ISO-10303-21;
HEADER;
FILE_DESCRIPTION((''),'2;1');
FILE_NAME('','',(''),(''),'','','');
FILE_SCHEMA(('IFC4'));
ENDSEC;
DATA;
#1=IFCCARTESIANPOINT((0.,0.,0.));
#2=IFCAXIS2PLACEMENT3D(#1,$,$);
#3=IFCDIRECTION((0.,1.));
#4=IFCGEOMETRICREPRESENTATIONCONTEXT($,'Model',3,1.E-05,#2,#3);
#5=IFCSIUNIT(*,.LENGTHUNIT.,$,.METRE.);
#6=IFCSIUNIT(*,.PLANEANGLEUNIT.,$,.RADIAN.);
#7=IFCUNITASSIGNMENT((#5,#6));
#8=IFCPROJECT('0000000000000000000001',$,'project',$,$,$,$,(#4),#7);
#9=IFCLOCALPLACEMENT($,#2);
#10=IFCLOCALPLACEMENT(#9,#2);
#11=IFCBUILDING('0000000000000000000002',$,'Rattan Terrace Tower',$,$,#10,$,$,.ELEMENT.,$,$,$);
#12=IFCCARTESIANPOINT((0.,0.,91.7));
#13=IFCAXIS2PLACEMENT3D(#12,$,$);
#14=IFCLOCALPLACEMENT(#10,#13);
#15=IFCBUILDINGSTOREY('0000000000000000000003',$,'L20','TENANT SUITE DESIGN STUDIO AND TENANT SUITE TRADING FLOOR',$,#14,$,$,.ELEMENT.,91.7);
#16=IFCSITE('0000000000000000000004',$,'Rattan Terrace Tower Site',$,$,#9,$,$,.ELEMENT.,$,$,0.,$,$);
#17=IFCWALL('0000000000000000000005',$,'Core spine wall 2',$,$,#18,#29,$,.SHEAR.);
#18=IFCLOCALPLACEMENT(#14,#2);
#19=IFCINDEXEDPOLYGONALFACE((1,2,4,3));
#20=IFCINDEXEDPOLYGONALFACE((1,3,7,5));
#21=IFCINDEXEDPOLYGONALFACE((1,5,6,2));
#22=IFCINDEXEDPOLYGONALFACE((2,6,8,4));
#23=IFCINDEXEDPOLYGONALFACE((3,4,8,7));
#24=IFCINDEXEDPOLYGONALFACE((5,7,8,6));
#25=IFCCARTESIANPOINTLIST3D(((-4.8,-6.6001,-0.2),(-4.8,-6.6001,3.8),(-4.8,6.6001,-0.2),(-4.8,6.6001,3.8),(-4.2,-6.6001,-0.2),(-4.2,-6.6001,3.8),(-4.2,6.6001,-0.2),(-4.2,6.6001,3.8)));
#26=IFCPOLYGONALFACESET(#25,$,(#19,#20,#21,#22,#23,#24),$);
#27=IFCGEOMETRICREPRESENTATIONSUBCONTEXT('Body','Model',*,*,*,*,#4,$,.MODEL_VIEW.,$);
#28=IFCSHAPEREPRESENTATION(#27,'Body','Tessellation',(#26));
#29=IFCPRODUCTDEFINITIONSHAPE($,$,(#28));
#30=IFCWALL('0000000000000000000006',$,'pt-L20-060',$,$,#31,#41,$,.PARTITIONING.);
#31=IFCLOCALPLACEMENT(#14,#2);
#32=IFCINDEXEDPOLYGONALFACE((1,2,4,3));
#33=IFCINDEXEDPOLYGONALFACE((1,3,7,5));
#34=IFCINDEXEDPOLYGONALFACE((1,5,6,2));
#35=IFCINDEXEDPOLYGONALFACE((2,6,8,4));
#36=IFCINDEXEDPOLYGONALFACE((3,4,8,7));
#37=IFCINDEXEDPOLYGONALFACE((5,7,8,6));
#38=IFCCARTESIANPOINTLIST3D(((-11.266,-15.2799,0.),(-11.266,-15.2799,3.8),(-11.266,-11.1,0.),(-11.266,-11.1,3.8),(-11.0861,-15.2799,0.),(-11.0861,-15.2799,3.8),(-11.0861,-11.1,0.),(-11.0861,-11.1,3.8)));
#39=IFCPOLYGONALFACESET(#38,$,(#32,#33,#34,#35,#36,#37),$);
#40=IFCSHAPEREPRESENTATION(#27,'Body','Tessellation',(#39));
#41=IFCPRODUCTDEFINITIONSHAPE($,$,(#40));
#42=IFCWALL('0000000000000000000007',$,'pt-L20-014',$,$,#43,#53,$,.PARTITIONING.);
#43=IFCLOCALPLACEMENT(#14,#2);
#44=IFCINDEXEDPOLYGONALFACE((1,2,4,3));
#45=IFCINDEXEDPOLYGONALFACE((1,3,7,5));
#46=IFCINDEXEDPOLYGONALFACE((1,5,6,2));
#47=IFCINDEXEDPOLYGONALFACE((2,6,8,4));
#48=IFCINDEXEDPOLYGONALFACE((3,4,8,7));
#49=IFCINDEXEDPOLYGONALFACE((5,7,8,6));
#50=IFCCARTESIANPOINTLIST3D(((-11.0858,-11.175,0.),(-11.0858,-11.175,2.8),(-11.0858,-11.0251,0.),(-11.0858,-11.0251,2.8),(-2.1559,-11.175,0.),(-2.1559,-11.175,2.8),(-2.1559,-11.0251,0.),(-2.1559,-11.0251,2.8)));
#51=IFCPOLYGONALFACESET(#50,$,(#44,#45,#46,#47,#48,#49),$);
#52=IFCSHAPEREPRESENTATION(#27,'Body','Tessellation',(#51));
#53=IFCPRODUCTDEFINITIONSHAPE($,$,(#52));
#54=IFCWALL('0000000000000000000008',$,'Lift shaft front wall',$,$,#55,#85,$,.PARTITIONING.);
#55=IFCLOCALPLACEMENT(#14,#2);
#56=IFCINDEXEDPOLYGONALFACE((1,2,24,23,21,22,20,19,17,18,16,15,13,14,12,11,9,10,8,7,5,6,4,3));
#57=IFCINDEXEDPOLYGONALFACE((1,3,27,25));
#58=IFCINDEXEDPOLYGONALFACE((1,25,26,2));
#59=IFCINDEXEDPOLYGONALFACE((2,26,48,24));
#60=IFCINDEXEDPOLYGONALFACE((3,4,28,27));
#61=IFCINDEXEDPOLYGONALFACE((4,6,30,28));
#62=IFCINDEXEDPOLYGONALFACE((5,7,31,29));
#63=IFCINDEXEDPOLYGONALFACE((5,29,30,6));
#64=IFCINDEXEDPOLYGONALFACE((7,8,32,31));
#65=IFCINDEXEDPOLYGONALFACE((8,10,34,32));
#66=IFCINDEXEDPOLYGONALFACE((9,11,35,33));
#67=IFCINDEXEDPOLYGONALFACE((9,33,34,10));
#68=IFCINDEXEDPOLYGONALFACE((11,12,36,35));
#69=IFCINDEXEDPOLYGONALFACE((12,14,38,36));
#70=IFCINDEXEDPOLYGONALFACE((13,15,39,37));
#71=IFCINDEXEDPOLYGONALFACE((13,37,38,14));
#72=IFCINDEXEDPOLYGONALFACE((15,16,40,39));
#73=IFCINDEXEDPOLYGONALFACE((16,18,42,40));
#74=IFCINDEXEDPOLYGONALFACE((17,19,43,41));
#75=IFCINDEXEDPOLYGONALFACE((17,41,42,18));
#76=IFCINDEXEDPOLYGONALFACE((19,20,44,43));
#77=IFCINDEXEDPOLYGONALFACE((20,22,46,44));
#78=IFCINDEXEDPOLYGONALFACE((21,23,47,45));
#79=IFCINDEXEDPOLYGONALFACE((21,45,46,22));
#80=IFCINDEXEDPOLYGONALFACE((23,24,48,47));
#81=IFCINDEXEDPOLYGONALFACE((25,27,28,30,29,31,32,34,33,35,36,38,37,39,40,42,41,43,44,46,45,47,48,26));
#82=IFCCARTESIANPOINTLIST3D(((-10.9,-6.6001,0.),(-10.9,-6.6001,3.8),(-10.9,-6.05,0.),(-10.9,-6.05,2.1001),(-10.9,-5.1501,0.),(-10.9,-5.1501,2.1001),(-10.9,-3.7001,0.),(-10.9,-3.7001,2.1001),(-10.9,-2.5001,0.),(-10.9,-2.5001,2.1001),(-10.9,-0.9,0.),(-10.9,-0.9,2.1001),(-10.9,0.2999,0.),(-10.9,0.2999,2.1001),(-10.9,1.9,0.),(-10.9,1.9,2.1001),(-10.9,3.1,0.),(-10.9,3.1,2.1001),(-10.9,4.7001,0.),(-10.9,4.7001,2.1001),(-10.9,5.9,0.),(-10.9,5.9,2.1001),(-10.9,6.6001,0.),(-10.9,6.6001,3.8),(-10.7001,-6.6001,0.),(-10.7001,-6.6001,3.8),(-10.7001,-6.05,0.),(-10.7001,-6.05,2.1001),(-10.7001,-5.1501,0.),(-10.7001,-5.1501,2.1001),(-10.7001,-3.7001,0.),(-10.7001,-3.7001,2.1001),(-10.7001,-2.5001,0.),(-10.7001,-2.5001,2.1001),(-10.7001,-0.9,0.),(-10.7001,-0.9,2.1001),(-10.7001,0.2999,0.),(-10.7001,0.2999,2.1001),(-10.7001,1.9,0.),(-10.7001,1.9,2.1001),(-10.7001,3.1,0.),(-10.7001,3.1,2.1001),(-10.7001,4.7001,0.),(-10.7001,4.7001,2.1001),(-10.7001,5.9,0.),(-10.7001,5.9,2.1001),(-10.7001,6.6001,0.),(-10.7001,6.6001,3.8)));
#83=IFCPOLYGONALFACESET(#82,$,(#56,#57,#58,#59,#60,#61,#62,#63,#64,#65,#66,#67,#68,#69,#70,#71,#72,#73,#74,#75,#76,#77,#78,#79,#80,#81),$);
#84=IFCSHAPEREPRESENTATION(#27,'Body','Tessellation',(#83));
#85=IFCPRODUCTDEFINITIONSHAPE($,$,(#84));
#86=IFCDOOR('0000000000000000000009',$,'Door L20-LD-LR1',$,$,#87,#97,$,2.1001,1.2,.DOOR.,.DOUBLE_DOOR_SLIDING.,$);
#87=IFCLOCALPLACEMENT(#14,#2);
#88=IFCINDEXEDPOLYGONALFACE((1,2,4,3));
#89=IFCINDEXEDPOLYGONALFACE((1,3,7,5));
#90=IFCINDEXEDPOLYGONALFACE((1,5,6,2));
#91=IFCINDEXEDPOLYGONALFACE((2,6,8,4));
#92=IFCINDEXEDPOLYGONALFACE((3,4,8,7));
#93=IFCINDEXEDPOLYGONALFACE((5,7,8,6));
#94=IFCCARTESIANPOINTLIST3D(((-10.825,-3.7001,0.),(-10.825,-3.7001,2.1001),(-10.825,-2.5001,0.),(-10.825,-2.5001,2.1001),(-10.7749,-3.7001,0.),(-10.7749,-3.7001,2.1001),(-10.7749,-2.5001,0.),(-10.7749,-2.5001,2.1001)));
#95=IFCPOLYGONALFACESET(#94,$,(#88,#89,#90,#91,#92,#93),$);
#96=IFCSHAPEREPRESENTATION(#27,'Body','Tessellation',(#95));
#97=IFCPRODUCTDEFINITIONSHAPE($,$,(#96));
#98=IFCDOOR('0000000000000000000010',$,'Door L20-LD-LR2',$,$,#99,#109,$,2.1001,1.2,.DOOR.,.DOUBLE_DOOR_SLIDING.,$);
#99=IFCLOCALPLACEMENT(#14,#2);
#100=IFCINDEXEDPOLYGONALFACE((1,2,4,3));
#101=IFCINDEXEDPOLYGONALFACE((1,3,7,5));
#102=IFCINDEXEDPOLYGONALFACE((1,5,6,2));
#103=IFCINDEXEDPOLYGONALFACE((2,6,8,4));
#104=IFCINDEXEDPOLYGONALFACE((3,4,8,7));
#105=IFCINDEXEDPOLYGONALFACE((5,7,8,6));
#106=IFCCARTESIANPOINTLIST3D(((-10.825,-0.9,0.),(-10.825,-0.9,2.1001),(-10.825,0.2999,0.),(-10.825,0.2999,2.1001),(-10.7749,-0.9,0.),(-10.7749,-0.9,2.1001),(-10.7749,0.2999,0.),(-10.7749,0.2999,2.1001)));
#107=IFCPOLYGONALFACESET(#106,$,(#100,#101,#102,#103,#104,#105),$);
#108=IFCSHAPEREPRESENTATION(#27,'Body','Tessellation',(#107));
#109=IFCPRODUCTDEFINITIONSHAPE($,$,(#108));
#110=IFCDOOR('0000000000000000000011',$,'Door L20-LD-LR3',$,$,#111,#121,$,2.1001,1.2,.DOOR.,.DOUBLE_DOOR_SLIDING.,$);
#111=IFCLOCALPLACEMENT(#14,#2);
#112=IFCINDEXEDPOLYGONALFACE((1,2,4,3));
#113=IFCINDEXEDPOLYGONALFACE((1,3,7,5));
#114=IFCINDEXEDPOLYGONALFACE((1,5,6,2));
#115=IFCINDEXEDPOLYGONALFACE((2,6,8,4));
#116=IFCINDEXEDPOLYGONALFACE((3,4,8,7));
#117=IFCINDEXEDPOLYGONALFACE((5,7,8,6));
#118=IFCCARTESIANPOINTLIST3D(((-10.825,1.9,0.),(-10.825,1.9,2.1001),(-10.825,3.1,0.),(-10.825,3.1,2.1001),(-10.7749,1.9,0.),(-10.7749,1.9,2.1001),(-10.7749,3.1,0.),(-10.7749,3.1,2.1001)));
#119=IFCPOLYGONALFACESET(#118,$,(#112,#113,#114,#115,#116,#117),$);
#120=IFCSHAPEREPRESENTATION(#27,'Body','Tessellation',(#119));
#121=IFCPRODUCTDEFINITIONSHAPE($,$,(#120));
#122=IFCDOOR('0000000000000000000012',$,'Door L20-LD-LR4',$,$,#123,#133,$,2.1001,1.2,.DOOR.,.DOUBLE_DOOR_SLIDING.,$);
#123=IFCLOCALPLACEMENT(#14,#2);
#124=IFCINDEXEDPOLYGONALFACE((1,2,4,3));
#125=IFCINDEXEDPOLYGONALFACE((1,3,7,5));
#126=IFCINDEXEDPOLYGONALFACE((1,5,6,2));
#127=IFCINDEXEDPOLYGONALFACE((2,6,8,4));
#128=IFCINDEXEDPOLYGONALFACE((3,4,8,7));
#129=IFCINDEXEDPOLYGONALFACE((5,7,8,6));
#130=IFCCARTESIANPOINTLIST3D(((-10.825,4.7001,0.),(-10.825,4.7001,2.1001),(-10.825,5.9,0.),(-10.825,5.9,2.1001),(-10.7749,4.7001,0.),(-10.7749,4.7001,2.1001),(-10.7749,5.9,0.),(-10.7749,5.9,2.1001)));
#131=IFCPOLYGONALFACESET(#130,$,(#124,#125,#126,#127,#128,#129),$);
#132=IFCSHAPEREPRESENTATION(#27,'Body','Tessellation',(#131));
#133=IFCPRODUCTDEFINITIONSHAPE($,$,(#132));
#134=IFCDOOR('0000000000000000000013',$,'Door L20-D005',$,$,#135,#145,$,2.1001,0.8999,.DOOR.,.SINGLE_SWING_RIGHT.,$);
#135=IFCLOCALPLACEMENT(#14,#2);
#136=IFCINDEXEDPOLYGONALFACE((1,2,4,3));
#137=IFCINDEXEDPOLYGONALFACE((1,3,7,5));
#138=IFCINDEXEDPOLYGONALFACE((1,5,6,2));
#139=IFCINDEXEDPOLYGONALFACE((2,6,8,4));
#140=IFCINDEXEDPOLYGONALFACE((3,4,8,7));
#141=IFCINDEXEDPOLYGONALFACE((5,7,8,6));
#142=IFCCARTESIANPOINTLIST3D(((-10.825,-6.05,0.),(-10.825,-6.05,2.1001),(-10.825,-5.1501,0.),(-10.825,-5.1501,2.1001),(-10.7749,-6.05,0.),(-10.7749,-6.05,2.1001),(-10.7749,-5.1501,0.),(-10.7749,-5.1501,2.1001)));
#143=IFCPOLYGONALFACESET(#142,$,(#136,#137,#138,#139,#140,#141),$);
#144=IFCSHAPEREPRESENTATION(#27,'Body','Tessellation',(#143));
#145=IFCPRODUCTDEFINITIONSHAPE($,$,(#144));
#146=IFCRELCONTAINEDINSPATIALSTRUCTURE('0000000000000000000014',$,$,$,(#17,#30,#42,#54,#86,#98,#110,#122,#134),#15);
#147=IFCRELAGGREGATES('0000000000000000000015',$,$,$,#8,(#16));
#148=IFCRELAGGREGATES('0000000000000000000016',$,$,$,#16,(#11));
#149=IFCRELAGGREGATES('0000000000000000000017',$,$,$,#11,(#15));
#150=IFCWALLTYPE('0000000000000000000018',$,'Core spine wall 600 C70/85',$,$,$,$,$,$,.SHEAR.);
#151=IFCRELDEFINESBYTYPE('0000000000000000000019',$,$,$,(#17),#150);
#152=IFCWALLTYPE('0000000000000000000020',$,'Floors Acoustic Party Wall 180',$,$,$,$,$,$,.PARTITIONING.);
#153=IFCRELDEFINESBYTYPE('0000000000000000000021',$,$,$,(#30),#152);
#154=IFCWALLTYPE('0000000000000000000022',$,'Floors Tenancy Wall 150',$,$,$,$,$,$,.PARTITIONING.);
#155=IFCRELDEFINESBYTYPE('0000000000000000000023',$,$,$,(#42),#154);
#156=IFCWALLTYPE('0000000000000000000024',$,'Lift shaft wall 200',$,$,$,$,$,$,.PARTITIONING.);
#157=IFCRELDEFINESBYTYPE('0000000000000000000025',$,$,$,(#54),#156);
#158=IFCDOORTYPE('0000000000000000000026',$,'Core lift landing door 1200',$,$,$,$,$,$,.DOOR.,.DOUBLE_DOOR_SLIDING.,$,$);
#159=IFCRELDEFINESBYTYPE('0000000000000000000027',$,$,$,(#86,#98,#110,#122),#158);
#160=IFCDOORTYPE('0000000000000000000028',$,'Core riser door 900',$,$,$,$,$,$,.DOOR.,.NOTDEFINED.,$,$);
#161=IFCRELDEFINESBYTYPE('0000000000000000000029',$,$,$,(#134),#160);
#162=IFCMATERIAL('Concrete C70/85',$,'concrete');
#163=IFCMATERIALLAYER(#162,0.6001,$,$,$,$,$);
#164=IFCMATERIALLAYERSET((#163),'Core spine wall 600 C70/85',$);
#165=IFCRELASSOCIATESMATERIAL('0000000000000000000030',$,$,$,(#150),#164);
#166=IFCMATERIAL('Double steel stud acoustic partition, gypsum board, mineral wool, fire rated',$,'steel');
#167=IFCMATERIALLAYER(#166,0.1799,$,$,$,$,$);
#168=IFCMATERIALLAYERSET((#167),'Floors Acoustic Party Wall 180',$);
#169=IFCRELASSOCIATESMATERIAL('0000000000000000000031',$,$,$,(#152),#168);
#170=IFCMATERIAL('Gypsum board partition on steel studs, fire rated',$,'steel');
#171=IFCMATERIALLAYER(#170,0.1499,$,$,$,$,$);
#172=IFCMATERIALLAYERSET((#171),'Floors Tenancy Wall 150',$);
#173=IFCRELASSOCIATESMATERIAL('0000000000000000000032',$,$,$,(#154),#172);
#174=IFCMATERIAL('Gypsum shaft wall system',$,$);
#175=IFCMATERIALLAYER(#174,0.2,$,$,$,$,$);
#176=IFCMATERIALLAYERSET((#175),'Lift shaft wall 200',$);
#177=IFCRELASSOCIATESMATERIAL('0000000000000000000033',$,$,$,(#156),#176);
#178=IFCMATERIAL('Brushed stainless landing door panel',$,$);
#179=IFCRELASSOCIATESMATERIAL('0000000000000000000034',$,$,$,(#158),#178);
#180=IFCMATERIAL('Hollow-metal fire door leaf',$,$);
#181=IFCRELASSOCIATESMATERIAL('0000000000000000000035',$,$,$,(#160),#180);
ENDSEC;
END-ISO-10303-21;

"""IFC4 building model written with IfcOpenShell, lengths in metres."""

from ifc_helpers import new_model, si_unit, direction, frame, frame_2d, origin, place, context, subcontext, project, spatial, rectangle, extrude, material, layer, layer_set, type_object, element, fill, save


model = new_model("IFC4")

# Units and contexts
model_context = context("Model", 3, precision=1e-05, world=origin(), true_north=direction((0.0, 1.0)))
body_context = subcontext(model_context, "Body", "Model", "MODEL_VIEW")
ifc_project = project(units=[si_unit("LENGTHUNIT", "METRE"), si_unit("PLANEANGLEUNIT", "RADIAN")], contexts=[model_context])

# Site, building, storey
site_placement = place(None, origin())
site = spatial("IfcSite", under=ifc_project, at=site_placement, Name="Rattan Terrace Tower Site", CompositionType="ELEMENT", RefElevation=0.0)
building_placement = place(site_placement, origin())
building = spatial("IfcBuilding", under=site, at=building_placement, Name="Rattan Terrace Tower", CompositionType="ELEMENT")
storey_placement = place(building_placement, frame((0.0, 0.0, 91.7)))
storey = spatial("IfcBuildingStorey", under=building, at=storey_placement, Name="L20", Description="TENANT SUITE DESIGN STUDIO AND TENANT SUITE TRADING FLOOR", CompositionType="ELEMENT", Elevation=91.7)

# Walls
ifc_material_1 = material(Name="Concrete C70/85", Category="concrete")
ifc_layer_1 = layer(ifc_material_1, 0.6001)
ifc_layer_set_1 = layer_set([ifc_layer_1], Name="Core spine wall 600 C70/85")
wall_type_1 = type_object("IfcWallType", Name="Core spine wall 600 C70/85", PredefinedType="SHEAR", material=ifc_layer_set_1)
wall_1_placement = place(storey_placement, frame((-4.5, -6.6001, -0.2), z_axis=(0.0, 0.0, 1.0), x_axis=(0.0, 1.0, 0.0)))
element("IfcWall", 1, at=wall_1_placement, inside=storey, type_object=wall_type_1, Name="Core spine wall 2", PredefinedType="SHEAR", context=body_context, shape_type="SweptSolid", body=[
    extrude(rectangle(XDim=13.2002, YDim=0.6001, at=frame_2d((6.6001, 0.0))), origin(), (0.0, 0.0, 1.0), 4.0),
])
ifc_material_2 = material(Name="Double steel stud acoustic partition, gypsum board, mineral wool, fire rated", Category="steel")
ifc_layer_2 = layer(ifc_material_2, 0.1799)
ifc_layer_set_2 = layer_set([ifc_layer_2], Name="Floors Acoustic Party Wall 180")
wall_type_2 = type_object("IfcWallType", Name="Floors Acoustic Party Wall 180", PredefinedType="PARTITIONING", material=ifc_layer_set_2)
wall_2_placement = place(storey_placement, frame((-11.176, -11.1001, 0.0), z_axis=(0.0, 0.0, 1.0), x_axis=(0.0, -1.0, 0.0)))
element("IfcWall", 2, at=wall_2_placement, inside=storey, type_object=wall_type_2, Name="pt-L20-060", PredefinedType="PARTITIONING", context=body_context, shape_type="SweptSolid", body=[
    extrude(rectangle(XDim=4.1799, YDim=0.1799, at=frame_2d((2.0898, 0.0))), origin(), (0.0, 0.0, 1.0), 3.8),
])
ifc_material_3 = material(Name="Gypsum board partition on steel studs, fire rated", Category="steel")
ifc_layer_3 = layer(ifc_material_3, 0.1499)
ifc_layer_set_3 = layer_set([ifc_layer_3], Name="Floors Tenancy Wall 150")
wall_type_3 = type_object("IfcWallType", Name="Floors Tenancy Wall 150", PredefinedType="PARTITIONING", material=ifc_layer_set_3)
wall_3_placement = place(storey_placement, frame((-2.156, -11.1001, 0.0), z_axis=(0.0, 0.0, 1.0), x_axis=(-1.0, 0.0, 0.0)))
element("IfcWall", 3, at=wall_3_placement, inside=storey, type_object=wall_type_3, Name="pt-L20-014", PredefinedType="PARTITIONING", context=body_context, shape_type="SweptSolid", body=[
    extrude(rectangle(XDim=8.9299, YDim=0.1499, at=frame_2d((4.4648, 0.0))), origin(), (0.0, 0.0, 1.0), 2.8),
])

# Wall, openings, doors
ifc_material_4 = material(Name="Gypsum shaft wall system")
ifc_layer_4 = layer(ifc_material_4, 0.2)
ifc_layer_set_4 = layer_set([ifc_layer_4], Name="Lift shaft wall 200")
wall_type_4 = type_object("IfcWallType", Name="Lift shaft wall 200", PredefinedType="PARTITIONING", material=ifc_layer_set_4)
wall_4_placement = place(storey_placement, frame((-10.8, -6.6001, 0.0), z_axis=(0.0, 0.0, 1.0), x_axis=(0.0, 1.0, 0.0)))
wall_4 = element("IfcWall", 4, at=wall_4_placement, inside=storey, type_object=wall_type_4, Name="Lift shaft front wall", PredefinedType="PARTITIONING", context=body_context, shape_type="SweptSolid", body=[
    extrude(rectangle(XDim=13.2002, YDim=0.2, at=frame_2d((6.6001, 0.0))), origin(), (0.0, 0.0, 1.0), 3.8),
])
opening_1_placement = place(wall_4_placement, frame((0.55, 0.0, 0.0)))
opening_1 = element("IfcOpeningElement", 5, at=opening_1_placement, cuts=wall_4, PredefinedType="OPENING", context=body_context, shape_type="SweptSolid", body=[
    extrude(rectangle(XDim=0.8999, YDim=2.1001, at=frame_2d((0.45, 1.05))), frame((0.0, 0.1106, 0.0), z_axis=(0.0, -1.0, 0.0), x_axis=(1.0, 0.0, 0.0)), (0.0, 0.0, 1.0), 0.2209),
])
opening_2_placement = place(wall_4_placement, frame((2.8999, 0.0, 0.0)))
opening_2 = element("IfcOpeningElement", 6, at=opening_2_placement, cuts=wall_4, PredefinedType="OPENING", context=body_context, shape_type="SweptSolid", body=[
    extrude(rectangle(XDim=1.2, YDim=2.1001, at=frame_2d((0.6001, 1.05))), frame((0.0, 0.1106, 0.0), z_axis=(0.0, -1.0, 0.0), x_axis=(1.0, 0.0, 0.0)), (0.0, 0.0, 1.0), 0.2209),
])
opening_3_placement = place(wall_4_placement, frame((5.7, 0.0, 0.0)))
opening_3 = element("IfcOpeningElement", 7, at=opening_3_placement, cuts=wall_4, PredefinedType="OPENING", context=body_context, shape_type="SweptSolid", body=[
    extrude(rectangle(XDim=1.2, YDim=2.1001, at=frame_2d((0.6001, 1.05))), frame((0.0, 0.1106, 0.0), z_axis=(0.0, -1.0, 0.0), x_axis=(1.0, 0.0, 0.0)), (0.0, 0.0, 1.0), 0.2209),
])
opening_4_placement = place(wall_4_placement, frame((8.5, 0.0, 0.0)))
opening_4 = element("IfcOpeningElement", 8, at=opening_4_placement, cuts=wall_4, PredefinedType="OPENING", context=body_context, shape_type="SweptSolid", body=[
    extrude(rectangle(XDim=1.2, YDim=2.1001, at=frame_2d((0.6001, 1.05))), frame((0.0, 0.1106, 0.0), z_axis=(0.0, -1.0, 0.0), x_axis=(1.0, 0.0, 0.0)), (0.0, 0.0, 1.0), 0.2209),
])
opening_5_placement = place(wall_4_placement, frame((11.3, 0.0, 0.0)))
opening_5 = element("IfcOpeningElement", 9, at=opening_5_placement, cuts=wall_4, PredefinedType="OPENING", context=body_context, shape_type="SweptSolid", body=[
    extrude(rectangle(XDim=1.2, YDim=2.1001, at=frame_2d((0.6001, 1.05))), frame((0.0, 0.1106, 0.0), z_axis=(0.0, -1.0, 0.0), x_axis=(1.0, 0.0, 0.0)), (0.0, 0.0, 1.0), 0.2209),
])
ifc_material_5 = material(Name="Brushed stainless landing door panel")
door_type_1 = type_object("IfcDoorType", Name="Core lift landing door 1200", OperationType="DOUBLE_DOOR_SLIDING", PredefinedType="DOOR", material=ifc_material_5)
door_1_placement = place(opening_2_placement, origin())
door_1 = element("IfcDoor", 10, at=door_1_placement, inside=storey, type_object=door_type_1, Name="Door L20-LD-LR1", OperationType="DOUBLE_DOOR_SLIDING", OverallHeight=2.1001, OverallWidth=1.2, PredefinedType="DOOR", context=body_context, shape_type="SweptSolid", body=[
    extrude(rectangle(XDim=1.2, YDim=2.1001, at=frame_2d((0.6001, 1.05))), frame((0.0, 0.0249, 0.0), z_axis=(0.0, -1.0, 0.0), x_axis=(1.0, 0.0, 0.0)), (0.0, 0.0, 1.0), 0.05),
])
fill(opening_2, door_1)
door_2_placement = place(opening_3_placement, origin())
door_2 = element("IfcDoor", 11, at=door_2_placement, inside=storey, type_object=door_type_1, Name="Door L20-LD-LR2", OperationType="DOUBLE_DOOR_SLIDING", OverallHeight=2.1001, OverallWidth=1.2, PredefinedType="DOOR", context=body_context, shape_type="SweptSolid", body=[
    extrude(rectangle(XDim=1.2, YDim=2.1001, at=frame_2d((0.6001, 1.05))), frame((0.0, 0.0249, 0.0), z_axis=(0.0, -1.0, 0.0), x_axis=(1.0, 0.0, 0.0)), (0.0, 0.0, 1.0), 0.05),
])
fill(opening_3, door_2)
door_3_placement = place(opening_4_placement, origin())
door_3 = element("IfcDoor", 12, at=door_3_placement, inside=storey, type_object=door_type_1, Name="Door L20-LD-LR3", OperationType="DOUBLE_DOOR_SLIDING", OverallHeight=2.1001, OverallWidth=1.2, PredefinedType="DOOR", context=body_context, shape_type="SweptSolid", body=[
    extrude(rectangle(XDim=1.2, YDim=2.1001, at=frame_2d((0.6001, 1.05))), frame((0.0, 0.0249, 0.0), z_axis=(0.0, -1.0, 0.0), x_axis=(1.0, 0.0, 0.0)), (0.0, 0.0, 1.0), 0.05),
])
fill(opening_4, door_3)
door_4_placement = place(opening_5_placement, origin())
door_4 = element("IfcDoor", 13, at=door_4_placement, inside=storey, type_object=door_type_1, Name="Door L20-LD-LR4", OperationType="DOUBLE_DOOR_SLIDING", OverallHeight=2.1001, OverallWidth=1.2, PredefinedType="DOOR", context=body_context, shape_type="SweptSolid", body=[
    extrude(rectangle(XDim=1.2, YDim=2.1001, at=frame_2d((0.6001, 1.05))), frame((0.0, 0.0249, 0.0), z_axis=(0.0, -1.0, 0.0), x_axis=(1.0, 0.0, 0.0)), (0.0, 0.0, 1.0), 0.05),
])
fill(opening_5, door_4)
ifc_material_6 = material(Name="Hollow-metal fire door leaf")
door_type_2 = type_object("IfcDoorType", Name="Core riser door 900", OperationType="NOTDEFINED", PredefinedType="DOOR", material=ifc_material_6)
door_5_placement = place(opening_1_placement, origin())
door_5 = element("IfcDoor", 14, at=door_5_placement, inside=storey, type_object=door_type_2, Name="Door L20-D005", OperationType="SINGLE_SWING_RIGHT", OverallHeight=2.1001, OverallWidth=0.8999, PredefinedType="DOOR", context=body_context, shape_type="SweptSolid", body=[
    extrude(rectangle(XDim=0.8999, YDim=2.1001, at=frame_2d((0.45, 1.05))), frame((0.0, 0.0249, 0.0), z_axis=(0.0, -1.0, 0.0), x_axis=(1.0, 0.0, 0.0)), (0.0, 0.0, 1.0), 0.05),
])
fill(opening_1, door_5)

save(model, "model.ifc")
